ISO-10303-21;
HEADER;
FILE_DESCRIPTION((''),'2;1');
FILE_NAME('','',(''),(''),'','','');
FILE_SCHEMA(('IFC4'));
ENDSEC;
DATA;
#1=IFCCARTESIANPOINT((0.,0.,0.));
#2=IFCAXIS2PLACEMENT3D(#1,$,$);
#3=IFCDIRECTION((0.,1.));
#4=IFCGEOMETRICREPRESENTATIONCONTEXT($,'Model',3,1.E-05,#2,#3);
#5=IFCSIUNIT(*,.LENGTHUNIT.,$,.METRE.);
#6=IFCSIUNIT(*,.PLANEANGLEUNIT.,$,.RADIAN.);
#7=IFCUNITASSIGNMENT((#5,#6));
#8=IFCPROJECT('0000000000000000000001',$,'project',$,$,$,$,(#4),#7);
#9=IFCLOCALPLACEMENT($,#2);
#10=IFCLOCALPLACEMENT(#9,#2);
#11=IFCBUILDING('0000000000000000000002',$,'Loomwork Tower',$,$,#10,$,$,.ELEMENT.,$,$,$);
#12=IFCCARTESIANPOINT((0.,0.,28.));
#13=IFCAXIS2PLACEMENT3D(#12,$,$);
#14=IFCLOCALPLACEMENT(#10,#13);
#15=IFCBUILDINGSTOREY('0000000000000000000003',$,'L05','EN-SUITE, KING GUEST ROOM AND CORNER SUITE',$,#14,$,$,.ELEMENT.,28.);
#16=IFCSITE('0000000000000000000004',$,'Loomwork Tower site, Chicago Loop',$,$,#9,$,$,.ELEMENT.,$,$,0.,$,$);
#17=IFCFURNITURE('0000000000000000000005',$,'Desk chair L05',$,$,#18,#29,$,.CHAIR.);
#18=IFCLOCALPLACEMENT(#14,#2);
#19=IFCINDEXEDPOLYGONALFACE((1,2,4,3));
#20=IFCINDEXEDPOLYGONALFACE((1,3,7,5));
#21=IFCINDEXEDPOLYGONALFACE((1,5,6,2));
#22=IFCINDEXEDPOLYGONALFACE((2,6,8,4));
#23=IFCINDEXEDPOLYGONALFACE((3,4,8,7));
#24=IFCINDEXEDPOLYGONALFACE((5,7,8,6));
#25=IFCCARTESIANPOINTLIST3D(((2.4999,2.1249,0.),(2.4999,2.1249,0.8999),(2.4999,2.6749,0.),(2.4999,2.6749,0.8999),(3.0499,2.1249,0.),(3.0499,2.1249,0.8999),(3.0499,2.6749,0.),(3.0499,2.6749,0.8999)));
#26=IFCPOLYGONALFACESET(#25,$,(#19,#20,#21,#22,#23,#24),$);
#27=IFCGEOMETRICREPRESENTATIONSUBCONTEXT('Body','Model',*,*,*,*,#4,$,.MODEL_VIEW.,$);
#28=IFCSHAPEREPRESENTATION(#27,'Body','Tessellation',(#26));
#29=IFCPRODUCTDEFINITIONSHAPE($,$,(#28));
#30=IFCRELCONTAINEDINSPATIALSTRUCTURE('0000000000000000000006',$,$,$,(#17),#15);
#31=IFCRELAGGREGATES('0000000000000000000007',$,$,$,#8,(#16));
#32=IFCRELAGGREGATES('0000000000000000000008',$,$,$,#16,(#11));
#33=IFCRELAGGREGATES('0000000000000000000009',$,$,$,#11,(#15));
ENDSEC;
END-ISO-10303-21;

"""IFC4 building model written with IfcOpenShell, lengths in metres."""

from ifc_helpers import new_model, si_unit, direction, frame, origin, origin_2d, place, context, subcontext, project, spatial, rectangle, extrude, element, save


model = new_model("IFC4")

# Units and contexts
model_context = context("Model", 3, precision=1e-05, world=origin(), true_north=direction((0.0, 1.0)))
body_context = subcontext(model_context, "Body", "Model", "MODEL_VIEW")
ifc_project = project(units=[si_unit("LENGTHUNIT", "METRE"), si_unit("PLANEANGLEUNIT", "RADIAN")], contexts=[model_context])

# Site, building, storey
site_placement = place(None, origin())
site = spatial("IfcSite", under=ifc_project, at=site_placement, Name="Loomwork Tower site, Chicago Loop", CompositionType="ELEMENT", RefElevation=0.0)
building_placement = place(site_placement, origin())
building = spatial("IfcBuilding", under=site, at=building_placement, Name="Loomwork Tower", CompositionType="ELEMENT")
storey_placement = place(building_placement, frame((0.0, 0.0, 28.0)))
storey = spatial("IfcBuildingStorey", under=building, at=storey_placement, Name="L05", Description="EN-SUITE, KING GUEST ROOM AND CORNER SUITE", CompositionType="ELEMENT", Elevation=28.0)

# Furniture
furniture_1_placement = place(storey_placement, frame((2.7749, 2.3999, 0.0), z_axis=(0.0, 0.0, 1.0), x_axis=(1.0, 0.0, 0.0)))
element("IfcFurniture", 1, at=furniture_1_placement, inside=storey, Name="Desk chair L05", PredefinedType="CHAIR", context=body_context, shape_type="SweptSolid", body=[
    extrude(rectangle(XDim=0.55, YDim=0.55, at=origin_2d()), origin(), (0.0, 0.0, 1.0), 0.8999),
])

save(model, "model.ifc")
